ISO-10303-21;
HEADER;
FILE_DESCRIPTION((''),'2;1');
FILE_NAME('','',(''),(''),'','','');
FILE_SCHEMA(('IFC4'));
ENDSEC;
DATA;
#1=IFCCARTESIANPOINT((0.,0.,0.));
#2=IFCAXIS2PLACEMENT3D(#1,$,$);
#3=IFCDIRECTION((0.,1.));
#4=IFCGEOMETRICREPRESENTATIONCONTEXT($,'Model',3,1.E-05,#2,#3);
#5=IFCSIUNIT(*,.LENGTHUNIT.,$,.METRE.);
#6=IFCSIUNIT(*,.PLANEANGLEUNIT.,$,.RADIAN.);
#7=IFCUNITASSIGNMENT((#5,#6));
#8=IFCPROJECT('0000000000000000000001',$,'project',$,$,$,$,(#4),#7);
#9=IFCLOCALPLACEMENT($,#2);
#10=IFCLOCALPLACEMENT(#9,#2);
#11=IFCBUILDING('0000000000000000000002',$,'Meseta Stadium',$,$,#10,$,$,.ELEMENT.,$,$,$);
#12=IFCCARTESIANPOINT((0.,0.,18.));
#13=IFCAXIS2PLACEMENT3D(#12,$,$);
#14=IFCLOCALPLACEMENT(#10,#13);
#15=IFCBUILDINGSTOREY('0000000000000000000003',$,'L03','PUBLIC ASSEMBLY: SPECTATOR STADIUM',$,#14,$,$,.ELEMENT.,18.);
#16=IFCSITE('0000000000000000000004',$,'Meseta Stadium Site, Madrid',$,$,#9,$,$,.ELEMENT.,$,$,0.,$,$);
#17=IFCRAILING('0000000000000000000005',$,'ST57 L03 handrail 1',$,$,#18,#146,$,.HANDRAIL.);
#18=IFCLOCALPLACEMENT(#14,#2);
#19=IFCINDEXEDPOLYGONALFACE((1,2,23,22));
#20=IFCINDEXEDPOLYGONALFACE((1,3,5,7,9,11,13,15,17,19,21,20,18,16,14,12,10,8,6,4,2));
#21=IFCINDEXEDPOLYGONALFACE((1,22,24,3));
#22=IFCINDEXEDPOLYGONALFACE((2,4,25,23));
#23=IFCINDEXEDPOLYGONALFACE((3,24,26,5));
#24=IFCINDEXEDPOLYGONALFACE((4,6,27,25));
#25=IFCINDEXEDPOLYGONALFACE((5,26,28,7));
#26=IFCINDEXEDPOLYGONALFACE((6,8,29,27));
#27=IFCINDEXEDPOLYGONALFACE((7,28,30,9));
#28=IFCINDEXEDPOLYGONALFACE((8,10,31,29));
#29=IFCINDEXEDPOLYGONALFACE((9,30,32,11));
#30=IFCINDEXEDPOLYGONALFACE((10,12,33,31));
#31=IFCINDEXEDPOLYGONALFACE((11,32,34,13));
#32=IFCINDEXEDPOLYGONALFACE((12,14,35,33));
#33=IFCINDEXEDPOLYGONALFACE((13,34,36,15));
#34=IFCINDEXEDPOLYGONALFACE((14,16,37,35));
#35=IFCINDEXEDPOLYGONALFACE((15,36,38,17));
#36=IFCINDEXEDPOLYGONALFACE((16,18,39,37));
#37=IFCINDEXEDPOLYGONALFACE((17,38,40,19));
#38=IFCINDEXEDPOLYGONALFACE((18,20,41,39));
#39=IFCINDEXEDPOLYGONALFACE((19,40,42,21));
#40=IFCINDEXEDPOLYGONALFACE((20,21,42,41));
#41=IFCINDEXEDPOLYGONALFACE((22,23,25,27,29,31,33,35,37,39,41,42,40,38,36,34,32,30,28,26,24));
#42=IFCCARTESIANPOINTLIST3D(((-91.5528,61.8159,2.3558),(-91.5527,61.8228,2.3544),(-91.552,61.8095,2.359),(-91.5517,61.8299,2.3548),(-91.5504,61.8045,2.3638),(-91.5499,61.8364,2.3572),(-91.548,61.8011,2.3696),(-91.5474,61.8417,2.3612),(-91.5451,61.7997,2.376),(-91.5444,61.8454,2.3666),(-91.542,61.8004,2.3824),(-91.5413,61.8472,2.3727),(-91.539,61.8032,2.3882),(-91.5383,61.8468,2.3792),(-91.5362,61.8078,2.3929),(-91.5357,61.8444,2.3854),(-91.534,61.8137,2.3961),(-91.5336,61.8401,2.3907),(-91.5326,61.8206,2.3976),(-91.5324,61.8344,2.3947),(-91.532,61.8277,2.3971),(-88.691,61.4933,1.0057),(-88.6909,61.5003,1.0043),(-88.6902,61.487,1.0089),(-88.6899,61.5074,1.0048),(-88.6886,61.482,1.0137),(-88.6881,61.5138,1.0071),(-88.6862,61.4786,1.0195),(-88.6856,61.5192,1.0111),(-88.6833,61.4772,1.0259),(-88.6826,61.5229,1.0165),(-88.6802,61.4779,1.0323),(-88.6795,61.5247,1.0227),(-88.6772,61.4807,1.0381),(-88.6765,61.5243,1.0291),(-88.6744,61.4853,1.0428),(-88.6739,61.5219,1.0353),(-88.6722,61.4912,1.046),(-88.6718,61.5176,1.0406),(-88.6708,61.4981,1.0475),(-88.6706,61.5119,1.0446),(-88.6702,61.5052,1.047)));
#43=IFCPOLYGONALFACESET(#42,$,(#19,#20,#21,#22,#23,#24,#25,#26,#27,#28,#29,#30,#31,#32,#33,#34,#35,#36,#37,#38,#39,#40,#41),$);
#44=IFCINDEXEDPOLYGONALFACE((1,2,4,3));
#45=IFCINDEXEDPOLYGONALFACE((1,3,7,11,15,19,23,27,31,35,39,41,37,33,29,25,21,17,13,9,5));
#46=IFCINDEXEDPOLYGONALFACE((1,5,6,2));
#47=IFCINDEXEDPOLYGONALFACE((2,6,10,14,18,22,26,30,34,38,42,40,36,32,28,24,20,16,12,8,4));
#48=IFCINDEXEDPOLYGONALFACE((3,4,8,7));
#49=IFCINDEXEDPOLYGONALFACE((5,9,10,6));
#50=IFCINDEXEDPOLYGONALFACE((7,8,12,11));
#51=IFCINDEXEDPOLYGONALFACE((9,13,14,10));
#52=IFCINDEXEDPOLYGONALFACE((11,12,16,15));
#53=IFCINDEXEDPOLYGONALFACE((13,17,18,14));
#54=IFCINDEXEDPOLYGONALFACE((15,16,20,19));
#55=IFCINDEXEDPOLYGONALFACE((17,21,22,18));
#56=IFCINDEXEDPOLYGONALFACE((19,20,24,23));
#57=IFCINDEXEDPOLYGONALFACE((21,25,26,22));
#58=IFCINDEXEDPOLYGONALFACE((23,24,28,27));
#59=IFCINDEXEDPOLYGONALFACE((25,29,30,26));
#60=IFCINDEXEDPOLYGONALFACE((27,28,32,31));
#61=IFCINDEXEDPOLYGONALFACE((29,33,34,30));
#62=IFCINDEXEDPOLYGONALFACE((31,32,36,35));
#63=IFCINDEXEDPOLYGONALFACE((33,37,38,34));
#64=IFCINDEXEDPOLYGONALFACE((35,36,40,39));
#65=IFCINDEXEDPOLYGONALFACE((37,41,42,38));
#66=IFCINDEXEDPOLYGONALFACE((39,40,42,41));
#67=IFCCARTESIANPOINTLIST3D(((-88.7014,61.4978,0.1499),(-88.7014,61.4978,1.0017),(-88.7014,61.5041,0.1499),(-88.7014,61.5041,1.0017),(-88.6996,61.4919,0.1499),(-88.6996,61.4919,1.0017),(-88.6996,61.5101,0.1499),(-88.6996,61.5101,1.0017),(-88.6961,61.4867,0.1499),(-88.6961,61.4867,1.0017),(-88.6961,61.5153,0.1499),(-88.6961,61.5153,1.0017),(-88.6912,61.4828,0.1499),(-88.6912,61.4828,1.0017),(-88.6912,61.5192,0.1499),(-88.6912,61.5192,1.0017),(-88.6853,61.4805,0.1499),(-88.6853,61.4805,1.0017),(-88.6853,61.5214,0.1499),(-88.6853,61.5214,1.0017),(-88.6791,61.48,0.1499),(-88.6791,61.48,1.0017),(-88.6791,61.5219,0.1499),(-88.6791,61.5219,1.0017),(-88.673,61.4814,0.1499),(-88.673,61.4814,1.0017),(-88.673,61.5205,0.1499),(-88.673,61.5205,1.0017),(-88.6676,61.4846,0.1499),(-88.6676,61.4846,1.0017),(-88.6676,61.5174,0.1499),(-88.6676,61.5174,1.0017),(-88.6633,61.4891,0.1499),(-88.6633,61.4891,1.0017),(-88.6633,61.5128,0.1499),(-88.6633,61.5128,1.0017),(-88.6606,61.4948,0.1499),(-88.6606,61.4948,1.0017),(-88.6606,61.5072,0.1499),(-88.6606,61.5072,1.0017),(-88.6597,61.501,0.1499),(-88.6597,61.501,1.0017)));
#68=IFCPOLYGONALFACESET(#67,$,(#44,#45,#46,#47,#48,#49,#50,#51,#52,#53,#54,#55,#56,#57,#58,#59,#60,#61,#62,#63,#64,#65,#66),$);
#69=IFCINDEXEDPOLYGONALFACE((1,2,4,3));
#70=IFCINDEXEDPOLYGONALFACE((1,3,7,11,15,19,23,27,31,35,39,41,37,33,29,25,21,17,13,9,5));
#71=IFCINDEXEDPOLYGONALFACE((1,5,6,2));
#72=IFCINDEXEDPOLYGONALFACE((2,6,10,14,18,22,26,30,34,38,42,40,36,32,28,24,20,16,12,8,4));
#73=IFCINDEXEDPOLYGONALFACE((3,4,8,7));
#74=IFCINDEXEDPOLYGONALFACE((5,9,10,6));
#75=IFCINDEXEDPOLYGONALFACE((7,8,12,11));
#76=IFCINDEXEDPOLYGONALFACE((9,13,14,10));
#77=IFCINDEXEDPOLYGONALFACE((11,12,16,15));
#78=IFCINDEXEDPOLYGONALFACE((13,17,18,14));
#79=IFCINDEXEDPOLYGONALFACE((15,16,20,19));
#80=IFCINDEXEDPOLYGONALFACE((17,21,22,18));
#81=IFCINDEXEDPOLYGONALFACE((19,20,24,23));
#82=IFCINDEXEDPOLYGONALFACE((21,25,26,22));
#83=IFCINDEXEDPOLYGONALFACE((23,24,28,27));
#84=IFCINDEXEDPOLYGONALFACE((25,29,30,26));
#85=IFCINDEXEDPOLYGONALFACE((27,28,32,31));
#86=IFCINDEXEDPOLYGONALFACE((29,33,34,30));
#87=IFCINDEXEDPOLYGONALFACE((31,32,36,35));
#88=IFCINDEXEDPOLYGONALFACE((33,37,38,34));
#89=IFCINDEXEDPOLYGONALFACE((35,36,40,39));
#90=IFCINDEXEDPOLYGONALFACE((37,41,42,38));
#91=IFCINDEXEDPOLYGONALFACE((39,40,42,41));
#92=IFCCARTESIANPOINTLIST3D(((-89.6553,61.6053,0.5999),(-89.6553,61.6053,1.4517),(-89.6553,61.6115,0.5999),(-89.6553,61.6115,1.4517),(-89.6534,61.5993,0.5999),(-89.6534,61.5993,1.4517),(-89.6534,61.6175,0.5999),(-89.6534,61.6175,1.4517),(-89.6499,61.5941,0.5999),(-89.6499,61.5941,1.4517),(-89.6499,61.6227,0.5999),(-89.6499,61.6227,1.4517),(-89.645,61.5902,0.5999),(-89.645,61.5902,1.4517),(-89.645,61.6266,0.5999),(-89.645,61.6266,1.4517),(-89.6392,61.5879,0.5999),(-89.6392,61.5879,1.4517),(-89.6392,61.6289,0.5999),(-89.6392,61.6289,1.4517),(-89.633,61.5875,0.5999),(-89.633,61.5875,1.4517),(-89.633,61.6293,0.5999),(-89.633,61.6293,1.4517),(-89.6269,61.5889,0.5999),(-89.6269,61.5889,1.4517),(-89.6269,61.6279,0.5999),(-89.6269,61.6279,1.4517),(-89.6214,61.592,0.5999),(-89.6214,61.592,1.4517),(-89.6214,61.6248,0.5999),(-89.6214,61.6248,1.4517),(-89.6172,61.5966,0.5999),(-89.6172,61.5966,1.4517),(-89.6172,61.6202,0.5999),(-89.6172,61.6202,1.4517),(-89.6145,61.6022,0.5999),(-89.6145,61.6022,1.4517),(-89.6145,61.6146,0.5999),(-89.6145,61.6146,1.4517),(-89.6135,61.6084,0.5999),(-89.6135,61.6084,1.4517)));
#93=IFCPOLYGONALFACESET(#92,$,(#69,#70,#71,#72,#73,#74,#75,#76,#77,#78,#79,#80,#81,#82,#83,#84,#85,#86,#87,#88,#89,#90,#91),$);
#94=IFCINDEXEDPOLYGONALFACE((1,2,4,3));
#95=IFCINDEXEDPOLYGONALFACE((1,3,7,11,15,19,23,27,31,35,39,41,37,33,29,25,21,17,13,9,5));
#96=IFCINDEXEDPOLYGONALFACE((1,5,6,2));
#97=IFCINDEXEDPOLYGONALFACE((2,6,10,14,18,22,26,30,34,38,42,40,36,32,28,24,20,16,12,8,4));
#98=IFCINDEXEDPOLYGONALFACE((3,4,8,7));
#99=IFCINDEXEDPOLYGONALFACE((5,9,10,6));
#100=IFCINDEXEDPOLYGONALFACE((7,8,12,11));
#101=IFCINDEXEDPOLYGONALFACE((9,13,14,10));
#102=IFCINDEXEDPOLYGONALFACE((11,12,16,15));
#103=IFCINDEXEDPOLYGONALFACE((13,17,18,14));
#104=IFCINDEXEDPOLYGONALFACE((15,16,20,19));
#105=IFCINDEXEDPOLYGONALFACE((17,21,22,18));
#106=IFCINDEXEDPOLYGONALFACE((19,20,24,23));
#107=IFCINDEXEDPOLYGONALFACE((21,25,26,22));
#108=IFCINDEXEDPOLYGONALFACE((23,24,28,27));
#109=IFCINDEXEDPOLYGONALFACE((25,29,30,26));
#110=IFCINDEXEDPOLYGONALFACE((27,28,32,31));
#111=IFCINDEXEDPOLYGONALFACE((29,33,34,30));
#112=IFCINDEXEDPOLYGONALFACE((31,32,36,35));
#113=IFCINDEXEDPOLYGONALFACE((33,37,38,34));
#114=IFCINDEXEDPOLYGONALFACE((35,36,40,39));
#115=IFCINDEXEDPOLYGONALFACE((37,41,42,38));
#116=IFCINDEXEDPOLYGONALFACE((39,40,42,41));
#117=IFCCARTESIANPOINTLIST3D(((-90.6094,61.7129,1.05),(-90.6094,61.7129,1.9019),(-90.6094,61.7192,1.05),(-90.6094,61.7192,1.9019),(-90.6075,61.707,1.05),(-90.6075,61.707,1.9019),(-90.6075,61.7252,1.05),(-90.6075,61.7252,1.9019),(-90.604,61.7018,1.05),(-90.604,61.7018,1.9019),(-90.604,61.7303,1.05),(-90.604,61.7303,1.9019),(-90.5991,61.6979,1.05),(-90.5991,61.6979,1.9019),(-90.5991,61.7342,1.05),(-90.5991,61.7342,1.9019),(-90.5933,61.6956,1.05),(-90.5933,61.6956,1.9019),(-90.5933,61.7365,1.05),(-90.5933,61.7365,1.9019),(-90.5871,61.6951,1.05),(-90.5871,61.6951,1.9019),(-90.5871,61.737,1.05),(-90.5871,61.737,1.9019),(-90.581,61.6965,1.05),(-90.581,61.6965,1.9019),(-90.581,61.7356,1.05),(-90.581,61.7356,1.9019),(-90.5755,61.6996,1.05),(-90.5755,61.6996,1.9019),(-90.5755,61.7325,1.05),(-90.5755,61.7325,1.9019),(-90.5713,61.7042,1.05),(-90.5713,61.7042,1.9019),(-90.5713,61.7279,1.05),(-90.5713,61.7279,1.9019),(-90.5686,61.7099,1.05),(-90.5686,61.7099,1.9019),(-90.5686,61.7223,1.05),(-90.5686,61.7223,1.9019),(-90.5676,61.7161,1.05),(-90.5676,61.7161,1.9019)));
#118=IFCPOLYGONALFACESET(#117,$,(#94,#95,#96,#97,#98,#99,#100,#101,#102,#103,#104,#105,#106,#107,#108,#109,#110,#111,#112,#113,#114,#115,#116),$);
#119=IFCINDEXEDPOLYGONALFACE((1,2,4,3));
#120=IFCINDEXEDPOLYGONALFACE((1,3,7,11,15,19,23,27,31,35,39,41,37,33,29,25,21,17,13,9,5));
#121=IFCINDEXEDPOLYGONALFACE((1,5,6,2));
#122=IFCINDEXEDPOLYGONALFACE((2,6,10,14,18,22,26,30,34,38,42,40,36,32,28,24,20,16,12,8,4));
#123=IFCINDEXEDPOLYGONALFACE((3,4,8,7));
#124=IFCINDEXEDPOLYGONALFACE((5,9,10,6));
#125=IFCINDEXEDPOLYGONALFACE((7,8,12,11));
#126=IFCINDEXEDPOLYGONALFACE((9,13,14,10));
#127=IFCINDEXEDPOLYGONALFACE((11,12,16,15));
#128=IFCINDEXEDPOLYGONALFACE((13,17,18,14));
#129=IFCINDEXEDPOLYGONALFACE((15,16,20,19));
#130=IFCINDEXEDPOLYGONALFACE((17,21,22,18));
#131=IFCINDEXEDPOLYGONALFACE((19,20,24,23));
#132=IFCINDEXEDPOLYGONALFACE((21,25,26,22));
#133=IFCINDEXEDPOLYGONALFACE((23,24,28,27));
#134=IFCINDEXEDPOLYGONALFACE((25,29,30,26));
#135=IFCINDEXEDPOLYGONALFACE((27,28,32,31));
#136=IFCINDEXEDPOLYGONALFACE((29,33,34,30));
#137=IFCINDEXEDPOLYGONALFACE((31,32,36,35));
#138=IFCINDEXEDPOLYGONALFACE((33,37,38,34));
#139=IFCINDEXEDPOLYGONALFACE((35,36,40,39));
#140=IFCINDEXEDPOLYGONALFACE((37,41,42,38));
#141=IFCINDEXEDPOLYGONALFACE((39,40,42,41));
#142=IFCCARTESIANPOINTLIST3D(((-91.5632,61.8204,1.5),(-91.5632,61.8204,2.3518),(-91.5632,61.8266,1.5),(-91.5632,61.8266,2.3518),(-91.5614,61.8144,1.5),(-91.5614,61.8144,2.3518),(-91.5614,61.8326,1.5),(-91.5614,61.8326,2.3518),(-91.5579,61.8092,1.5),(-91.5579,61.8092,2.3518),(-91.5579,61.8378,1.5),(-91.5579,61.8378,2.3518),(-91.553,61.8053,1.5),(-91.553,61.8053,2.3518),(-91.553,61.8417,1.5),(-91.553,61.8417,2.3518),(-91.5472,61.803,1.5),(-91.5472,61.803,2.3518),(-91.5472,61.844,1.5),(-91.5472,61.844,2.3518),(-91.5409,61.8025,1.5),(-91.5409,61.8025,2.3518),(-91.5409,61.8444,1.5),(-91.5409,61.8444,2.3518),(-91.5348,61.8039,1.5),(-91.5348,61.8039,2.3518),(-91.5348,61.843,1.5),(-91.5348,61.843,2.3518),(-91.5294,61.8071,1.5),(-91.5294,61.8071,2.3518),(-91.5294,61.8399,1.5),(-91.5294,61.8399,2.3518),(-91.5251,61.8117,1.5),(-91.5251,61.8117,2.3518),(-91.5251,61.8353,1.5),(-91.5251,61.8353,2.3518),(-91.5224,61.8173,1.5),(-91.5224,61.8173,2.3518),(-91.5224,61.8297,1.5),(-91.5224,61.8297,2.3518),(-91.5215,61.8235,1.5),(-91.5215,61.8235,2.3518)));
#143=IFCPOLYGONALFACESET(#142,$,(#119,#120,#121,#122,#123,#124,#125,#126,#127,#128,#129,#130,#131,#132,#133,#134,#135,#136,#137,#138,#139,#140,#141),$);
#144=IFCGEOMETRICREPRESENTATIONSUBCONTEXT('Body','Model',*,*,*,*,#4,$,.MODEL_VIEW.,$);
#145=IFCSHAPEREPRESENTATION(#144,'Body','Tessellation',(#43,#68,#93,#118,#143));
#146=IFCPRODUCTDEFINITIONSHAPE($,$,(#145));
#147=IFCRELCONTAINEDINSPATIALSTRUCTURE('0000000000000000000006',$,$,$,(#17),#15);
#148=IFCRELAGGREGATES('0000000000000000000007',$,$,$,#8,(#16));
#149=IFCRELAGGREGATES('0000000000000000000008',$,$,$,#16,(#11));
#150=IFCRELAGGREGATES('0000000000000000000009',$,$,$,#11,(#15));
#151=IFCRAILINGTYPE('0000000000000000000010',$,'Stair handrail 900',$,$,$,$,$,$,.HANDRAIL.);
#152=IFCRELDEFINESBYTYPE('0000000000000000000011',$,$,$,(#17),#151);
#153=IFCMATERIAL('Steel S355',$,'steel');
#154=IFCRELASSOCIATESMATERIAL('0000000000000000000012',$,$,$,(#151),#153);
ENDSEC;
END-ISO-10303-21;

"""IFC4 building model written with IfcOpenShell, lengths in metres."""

from ifc_helpers import new_model, si_unit, direction, frame, origin, origin_2d, place, context, subcontext, project, spatial, circle, extrude, material, type_object, element, save


model = new_model("IFC4")

# Units and contexts
model_context = context("Model", 3, precision=1e-05, world=origin(), true_north=direction((0.0, 1.0)))
body_context = subcontext(model_context, "Body", "Model", "MODEL_VIEW")
ifc_project = project(units=[si_unit("LENGTHUNIT", "METRE"), si_unit("PLANEANGLEUNIT", "RADIAN")], contexts=[model_context])

# Site, building, storey
site_placement = place(None, origin())
site = spatial("IfcSite", under=ifc_project, at=site_placement, Name="Meseta Stadium Site, Madrid", CompositionType="ELEMENT", RefElevation=0.0)
building_placement = place(site_placement, origin())
building = spatial("IfcBuilding", under=site, at=building_placement, Name="Meseta Stadium", CompositionType="ELEMENT")
storey_placement = place(building_placement, frame((0.0, 0.0, 18.0)))
storey = spatial("IfcBuildingStorey", under=building, at=storey_placement, Name="L03", Description="PUBLIC ASSEMBLY: SPECTATOR STADIUM", CompositionType="ELEMENT", Elevation=18.0)

# Railing
ifc_material_1 = material(Name="Steel S355", Category="steel")
railing_type_1 = type_object("IfcRailingType", Name="Stair handrail 900", PredefinedType="HANDRAIL", material=ifc_material_1)
for number, where, name in (
    (1, (-88.6807, 61.501, 0.1499), "ST57 L03 handrail 1"),
):
    element("IfcRailing", number, at=place(storey_placement, frame(where)), inside=storey, type_object=railing_type_1, Name=name, PredefinedType="HANDRAIL", context=body_context, shape_type="SweptSolid", body=[
        extrude(circle(Radius=0.0239, at=origin_2d()), frame((0.0, 0.0, 0.876), z_axis=(-0.899748, 0.101396, 0.424467), x_axis=(-0.111985, -0.99371, 0.0)), (0.0, 0.0, 1.0), 3.1807),
        extrude(circle(Radius=0.021, at=origin_2d()), origin(), (0.0, 0.0, 1.0), 0.8518),
        extrude(circle(Radius=0.021, at=origin_2d()), frame((-0.9539, 0.1074, 0.45)), (0.0, 0.0, 1.0), 0.8518),
        extrude(circle(Radius=0.021, at=origin_2d()), frame((-1.908, 0.2151, 0.9001)), (0.0, 0.0, 1.0), 0.8518),
        extrude(circle(Radius=0.021, at=origin_2d()), frame((-2.8618, 0.3225, 1.3501)), (0.0, 0.0, 1.0), 0.8518),
    ])

save(model, "model.ifc")
